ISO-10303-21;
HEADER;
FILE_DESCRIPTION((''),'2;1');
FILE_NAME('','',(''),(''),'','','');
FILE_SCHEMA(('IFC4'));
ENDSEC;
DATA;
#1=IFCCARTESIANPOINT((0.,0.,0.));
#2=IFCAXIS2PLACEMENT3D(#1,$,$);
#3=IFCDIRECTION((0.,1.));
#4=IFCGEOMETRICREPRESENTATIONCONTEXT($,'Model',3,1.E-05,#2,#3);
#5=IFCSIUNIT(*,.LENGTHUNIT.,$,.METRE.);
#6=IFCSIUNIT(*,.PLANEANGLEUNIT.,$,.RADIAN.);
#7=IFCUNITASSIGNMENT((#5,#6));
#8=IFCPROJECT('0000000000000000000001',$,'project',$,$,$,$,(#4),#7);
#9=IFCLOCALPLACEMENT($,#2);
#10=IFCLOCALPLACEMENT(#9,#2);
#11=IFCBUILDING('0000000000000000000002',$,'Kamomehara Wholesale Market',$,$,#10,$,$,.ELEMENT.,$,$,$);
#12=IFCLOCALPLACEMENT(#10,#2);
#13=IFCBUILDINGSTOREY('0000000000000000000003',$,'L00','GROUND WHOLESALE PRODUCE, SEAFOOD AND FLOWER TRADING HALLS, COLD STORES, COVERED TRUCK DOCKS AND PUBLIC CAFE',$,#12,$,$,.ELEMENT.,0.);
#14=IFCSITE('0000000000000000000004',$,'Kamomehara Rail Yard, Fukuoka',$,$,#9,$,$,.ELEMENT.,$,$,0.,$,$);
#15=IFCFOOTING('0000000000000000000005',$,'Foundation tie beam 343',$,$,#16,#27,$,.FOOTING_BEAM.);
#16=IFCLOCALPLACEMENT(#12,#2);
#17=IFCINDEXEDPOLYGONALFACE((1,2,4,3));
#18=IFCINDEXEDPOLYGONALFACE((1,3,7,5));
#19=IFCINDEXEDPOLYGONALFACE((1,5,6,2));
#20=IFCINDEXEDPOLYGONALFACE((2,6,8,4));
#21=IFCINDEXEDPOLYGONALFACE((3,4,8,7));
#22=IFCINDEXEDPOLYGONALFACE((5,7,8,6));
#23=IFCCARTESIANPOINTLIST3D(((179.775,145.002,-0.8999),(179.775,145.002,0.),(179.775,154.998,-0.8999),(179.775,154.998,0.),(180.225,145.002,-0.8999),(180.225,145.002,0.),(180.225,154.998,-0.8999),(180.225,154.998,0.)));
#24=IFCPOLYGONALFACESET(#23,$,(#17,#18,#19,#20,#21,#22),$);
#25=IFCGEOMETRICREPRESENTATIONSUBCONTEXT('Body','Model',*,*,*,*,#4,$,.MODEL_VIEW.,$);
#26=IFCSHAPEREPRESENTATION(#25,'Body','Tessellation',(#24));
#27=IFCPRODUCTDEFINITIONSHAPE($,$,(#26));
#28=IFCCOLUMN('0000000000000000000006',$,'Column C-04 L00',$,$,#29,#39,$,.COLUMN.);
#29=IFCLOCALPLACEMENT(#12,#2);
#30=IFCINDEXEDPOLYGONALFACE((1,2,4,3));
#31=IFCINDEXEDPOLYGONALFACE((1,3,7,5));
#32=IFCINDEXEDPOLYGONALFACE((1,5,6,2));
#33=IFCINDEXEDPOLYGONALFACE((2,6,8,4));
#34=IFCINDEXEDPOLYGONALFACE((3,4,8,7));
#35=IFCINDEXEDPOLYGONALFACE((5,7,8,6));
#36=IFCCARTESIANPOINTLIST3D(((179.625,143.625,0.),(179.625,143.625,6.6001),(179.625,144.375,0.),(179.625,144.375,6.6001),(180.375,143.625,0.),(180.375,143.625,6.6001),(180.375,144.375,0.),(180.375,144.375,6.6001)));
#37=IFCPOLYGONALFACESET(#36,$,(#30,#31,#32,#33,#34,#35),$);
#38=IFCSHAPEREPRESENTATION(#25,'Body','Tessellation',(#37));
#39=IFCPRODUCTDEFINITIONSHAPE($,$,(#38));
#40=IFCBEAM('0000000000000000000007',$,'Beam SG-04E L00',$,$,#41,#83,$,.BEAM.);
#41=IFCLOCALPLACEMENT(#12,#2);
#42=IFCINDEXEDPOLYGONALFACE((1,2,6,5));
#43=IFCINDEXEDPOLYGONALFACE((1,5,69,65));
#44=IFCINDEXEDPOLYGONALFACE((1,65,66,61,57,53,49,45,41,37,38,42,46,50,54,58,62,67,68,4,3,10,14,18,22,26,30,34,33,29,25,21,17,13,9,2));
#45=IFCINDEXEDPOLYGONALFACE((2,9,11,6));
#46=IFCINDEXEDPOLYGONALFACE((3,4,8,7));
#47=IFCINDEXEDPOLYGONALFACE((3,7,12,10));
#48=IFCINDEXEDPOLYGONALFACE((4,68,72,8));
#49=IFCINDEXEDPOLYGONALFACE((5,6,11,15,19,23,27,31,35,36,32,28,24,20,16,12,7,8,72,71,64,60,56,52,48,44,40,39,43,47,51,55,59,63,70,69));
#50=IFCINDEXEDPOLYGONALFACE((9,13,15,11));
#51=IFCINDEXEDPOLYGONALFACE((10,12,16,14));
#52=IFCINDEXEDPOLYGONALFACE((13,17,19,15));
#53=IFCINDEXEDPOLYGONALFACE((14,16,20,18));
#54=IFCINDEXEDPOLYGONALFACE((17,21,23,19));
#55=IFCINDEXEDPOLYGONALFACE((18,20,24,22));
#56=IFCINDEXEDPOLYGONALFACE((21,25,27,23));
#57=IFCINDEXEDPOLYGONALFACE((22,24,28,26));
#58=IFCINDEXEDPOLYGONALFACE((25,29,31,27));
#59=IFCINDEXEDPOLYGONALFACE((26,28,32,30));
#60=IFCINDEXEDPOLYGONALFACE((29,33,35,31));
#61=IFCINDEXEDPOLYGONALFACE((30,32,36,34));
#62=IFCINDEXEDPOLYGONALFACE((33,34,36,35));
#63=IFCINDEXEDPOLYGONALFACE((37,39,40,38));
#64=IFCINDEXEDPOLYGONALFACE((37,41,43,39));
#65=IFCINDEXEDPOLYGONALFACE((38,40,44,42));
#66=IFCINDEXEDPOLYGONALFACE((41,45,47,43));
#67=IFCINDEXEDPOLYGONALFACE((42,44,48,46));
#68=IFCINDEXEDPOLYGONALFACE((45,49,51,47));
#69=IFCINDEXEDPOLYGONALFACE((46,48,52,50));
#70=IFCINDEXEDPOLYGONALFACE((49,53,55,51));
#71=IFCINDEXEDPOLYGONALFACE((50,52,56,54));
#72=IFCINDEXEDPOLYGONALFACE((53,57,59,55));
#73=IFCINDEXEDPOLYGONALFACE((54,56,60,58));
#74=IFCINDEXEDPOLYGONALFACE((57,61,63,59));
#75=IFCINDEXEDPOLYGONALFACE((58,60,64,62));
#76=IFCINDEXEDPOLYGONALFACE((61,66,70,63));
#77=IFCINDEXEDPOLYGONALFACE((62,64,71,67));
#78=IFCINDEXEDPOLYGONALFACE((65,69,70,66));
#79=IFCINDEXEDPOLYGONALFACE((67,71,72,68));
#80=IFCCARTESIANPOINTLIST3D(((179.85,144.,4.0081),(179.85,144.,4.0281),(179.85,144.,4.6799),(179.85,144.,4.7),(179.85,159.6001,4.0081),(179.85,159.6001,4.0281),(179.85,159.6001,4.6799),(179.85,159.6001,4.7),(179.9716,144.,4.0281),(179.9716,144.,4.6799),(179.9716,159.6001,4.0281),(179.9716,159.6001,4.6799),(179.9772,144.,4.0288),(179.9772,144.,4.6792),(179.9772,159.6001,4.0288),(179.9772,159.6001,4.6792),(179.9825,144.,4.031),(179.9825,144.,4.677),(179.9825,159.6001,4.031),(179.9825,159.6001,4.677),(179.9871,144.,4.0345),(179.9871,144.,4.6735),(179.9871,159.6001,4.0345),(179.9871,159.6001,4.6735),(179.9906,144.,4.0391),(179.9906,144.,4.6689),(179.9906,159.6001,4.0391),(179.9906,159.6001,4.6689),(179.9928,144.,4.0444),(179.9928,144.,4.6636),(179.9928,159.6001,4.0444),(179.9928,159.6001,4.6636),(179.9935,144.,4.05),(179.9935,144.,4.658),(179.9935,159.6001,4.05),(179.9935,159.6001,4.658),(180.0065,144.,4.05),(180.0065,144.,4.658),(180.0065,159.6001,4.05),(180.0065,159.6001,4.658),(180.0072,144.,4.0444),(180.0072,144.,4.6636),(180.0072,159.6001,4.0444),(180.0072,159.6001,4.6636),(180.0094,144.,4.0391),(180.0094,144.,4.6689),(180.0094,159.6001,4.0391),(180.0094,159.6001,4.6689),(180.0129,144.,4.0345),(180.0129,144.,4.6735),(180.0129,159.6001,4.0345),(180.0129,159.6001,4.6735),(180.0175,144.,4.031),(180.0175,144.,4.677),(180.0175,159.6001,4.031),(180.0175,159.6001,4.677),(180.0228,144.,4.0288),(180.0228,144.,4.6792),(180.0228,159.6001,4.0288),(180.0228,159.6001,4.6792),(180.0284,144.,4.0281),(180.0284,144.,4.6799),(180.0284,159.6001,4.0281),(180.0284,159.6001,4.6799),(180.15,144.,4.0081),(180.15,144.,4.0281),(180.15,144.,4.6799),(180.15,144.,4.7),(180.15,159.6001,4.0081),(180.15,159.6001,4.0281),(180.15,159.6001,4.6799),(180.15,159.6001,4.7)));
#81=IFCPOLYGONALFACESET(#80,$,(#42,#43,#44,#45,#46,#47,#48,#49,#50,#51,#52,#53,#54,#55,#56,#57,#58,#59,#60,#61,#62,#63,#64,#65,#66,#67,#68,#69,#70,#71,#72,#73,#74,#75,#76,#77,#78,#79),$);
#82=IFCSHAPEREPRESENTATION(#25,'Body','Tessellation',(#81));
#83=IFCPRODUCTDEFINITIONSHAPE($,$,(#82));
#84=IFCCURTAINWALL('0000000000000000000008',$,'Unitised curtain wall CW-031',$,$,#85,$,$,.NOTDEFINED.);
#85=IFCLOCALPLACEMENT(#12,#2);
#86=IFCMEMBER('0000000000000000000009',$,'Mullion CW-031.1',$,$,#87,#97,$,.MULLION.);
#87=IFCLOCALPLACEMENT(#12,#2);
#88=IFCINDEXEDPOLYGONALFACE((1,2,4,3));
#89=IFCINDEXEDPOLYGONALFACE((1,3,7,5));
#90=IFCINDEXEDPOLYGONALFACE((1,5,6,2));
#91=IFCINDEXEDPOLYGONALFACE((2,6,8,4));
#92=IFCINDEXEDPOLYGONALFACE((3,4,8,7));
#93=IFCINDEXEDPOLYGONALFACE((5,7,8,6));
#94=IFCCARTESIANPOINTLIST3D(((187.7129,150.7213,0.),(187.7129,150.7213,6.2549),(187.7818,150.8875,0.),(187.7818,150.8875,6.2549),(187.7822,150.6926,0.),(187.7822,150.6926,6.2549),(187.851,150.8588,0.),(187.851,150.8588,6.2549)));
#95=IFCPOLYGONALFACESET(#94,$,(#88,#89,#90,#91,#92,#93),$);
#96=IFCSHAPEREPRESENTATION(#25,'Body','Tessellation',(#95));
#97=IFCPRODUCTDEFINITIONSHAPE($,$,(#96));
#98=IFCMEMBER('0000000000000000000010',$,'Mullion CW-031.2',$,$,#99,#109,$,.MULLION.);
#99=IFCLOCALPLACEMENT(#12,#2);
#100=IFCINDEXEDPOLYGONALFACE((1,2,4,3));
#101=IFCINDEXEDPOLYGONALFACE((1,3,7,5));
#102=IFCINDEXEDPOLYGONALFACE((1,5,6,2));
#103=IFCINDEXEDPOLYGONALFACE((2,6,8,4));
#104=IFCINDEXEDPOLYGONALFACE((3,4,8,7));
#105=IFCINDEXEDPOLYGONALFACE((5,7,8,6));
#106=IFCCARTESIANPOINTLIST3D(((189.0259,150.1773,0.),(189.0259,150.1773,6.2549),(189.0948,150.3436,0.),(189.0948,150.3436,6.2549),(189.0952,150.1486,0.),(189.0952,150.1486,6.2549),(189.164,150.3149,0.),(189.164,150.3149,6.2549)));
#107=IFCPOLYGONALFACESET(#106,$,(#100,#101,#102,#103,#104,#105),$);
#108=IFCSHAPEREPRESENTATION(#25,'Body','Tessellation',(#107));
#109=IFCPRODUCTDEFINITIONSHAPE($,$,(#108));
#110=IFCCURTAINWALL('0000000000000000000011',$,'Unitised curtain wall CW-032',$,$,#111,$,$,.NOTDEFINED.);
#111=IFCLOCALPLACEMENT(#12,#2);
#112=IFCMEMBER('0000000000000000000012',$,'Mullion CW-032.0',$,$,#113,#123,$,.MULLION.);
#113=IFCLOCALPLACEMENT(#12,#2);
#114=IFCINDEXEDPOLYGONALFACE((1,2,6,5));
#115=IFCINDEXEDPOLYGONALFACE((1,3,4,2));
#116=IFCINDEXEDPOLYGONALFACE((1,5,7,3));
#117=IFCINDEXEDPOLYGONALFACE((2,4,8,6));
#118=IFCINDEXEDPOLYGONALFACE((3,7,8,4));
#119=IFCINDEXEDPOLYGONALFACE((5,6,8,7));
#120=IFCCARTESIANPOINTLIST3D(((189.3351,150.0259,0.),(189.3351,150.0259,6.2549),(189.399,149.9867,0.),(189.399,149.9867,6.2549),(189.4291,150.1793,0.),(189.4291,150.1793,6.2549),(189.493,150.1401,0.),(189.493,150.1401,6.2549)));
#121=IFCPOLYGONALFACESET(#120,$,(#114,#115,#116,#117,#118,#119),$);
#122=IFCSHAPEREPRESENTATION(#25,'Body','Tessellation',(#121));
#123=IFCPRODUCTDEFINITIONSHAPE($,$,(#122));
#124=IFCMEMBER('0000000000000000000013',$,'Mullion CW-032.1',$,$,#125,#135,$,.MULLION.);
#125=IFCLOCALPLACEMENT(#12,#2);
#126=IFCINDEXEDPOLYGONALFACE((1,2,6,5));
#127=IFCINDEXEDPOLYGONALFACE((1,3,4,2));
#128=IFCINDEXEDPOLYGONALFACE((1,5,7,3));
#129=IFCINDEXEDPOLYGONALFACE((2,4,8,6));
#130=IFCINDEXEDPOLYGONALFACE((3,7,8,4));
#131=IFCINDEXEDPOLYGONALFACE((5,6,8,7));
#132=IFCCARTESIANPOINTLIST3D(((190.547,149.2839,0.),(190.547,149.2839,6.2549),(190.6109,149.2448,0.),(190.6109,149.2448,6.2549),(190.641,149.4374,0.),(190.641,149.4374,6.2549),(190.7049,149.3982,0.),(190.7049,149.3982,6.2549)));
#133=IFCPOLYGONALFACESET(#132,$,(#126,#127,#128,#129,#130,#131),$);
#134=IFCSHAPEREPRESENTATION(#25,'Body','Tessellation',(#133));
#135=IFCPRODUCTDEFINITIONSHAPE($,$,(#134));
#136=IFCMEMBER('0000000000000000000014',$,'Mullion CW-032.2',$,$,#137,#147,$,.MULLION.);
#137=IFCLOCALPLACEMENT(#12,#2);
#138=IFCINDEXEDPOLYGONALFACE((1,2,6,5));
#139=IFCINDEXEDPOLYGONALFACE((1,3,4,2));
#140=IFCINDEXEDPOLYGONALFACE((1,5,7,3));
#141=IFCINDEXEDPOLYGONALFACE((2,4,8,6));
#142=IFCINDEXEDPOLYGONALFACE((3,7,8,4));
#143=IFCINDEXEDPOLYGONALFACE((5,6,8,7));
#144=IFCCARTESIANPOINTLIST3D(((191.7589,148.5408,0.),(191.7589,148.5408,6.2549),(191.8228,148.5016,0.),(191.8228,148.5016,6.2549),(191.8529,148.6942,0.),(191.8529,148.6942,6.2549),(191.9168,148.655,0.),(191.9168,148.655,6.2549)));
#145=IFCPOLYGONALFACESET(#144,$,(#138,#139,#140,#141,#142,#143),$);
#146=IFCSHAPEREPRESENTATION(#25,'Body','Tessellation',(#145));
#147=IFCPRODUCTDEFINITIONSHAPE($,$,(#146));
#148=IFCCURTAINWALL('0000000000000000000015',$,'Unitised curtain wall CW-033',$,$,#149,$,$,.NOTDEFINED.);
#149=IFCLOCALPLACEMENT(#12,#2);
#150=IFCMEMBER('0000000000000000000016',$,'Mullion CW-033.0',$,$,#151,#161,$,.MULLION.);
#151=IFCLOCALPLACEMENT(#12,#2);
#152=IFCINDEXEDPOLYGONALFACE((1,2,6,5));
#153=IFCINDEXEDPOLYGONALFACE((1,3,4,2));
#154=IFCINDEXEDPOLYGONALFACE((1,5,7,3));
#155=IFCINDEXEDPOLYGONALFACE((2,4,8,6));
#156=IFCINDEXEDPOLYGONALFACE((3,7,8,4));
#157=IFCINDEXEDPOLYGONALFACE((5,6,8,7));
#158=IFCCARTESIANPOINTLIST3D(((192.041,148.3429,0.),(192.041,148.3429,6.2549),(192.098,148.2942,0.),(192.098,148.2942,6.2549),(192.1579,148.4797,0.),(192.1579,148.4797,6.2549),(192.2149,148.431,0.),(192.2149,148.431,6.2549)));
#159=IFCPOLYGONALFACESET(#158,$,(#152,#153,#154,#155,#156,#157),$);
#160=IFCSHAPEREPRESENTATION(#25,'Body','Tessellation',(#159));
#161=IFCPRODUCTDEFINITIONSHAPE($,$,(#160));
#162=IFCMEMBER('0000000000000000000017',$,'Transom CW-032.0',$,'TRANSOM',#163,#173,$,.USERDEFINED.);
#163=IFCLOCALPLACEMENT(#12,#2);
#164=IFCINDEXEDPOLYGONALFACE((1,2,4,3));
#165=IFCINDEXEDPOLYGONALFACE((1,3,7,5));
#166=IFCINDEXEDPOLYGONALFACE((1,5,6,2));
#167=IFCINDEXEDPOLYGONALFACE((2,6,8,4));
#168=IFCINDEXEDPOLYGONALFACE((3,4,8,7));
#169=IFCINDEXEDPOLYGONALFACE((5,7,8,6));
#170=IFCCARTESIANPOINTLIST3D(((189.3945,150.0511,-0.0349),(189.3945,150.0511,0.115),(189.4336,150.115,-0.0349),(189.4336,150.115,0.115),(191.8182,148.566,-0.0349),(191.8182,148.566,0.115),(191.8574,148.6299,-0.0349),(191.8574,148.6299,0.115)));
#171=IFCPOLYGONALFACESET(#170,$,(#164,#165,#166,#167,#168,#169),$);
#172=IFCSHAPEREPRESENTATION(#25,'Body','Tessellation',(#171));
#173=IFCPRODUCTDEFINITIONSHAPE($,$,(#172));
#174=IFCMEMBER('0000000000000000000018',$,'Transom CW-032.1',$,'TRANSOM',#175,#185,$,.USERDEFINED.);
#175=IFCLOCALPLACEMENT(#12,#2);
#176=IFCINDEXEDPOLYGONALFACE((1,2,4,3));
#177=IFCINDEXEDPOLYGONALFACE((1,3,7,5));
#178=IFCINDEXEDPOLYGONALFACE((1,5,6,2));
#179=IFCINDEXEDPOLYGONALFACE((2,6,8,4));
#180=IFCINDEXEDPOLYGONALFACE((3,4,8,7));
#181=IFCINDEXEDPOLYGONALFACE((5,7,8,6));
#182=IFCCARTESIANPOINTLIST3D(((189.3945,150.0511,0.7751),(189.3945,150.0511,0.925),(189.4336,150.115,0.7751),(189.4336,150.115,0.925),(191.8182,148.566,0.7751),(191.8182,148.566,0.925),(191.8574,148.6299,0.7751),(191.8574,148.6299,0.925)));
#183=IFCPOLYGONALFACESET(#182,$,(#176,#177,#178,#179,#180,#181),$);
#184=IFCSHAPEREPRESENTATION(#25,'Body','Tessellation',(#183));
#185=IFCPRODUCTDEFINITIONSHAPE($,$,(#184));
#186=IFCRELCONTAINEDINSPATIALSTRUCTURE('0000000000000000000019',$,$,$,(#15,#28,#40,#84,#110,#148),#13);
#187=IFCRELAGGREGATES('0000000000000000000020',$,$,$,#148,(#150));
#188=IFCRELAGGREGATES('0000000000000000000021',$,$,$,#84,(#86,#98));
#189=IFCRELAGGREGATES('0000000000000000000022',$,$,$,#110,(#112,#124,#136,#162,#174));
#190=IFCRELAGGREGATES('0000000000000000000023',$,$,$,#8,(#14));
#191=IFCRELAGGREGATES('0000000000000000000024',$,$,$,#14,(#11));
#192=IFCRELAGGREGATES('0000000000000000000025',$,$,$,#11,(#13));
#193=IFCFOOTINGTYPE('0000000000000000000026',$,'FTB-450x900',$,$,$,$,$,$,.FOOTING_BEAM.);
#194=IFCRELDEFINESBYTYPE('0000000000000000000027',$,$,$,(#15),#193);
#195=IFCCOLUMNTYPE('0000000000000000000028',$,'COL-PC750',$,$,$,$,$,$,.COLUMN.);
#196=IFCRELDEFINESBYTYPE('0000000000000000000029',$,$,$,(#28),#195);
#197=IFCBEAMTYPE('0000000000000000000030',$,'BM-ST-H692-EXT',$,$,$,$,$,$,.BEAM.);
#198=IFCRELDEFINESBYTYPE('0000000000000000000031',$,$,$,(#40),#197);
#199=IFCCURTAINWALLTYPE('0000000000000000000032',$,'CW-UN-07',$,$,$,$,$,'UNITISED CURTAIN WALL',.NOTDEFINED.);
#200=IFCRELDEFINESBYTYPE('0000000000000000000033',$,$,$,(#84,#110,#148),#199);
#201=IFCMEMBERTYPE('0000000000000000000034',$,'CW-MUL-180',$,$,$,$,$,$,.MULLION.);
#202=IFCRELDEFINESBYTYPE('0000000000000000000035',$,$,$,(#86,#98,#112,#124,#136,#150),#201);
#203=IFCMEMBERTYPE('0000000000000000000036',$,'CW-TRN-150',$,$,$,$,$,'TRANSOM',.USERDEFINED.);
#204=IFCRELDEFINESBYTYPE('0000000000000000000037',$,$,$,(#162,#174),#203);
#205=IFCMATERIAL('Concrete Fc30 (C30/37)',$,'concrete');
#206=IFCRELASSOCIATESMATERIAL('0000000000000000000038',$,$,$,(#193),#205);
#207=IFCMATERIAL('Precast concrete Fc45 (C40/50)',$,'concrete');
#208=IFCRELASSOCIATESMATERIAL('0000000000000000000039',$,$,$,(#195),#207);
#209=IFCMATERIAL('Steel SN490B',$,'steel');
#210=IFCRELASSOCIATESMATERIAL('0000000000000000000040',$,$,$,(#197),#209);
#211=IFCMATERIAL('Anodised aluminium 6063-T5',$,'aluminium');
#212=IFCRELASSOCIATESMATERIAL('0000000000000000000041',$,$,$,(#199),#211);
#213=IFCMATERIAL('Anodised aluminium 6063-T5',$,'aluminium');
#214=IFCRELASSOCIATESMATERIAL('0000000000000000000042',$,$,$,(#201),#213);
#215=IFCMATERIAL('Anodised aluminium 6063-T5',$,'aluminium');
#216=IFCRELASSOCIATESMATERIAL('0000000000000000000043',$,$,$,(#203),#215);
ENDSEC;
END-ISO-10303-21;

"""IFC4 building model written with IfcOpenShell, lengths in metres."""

from ifc_helpers import new_model, si_unit, direction, frame, origin, origin_2d, place, context, subcontext, project, spatial, rectangle, i_section, extrude, material, material_profile, profile_set, type_object, element, aggregate, save


model = new_model("IFC4")

# Units and contexts
model_context = context("Model", 3, precision=1e-05, world=origin(), true_north=direction((0.0, 1.0)))
body_context = subcontext(model_context, "Body", "Model", "MODEL_VIEW")
ifc_project = project(units=[si_unit("LENGTHUNIT", "METRE"), si_unit("PLANEANGLEUNIT", "RADIAN")], contexts=[model_context])

# Site, building, storey
site_placement = place(None, origin())
site = spatial("IfcSite", under=ifc_project, at=site_placement, Name="Kamomehara Rail Yard, Fukuoka", CompositionType="ELEMENT", RefElevation=0.0)
building_placement = place(site_placement, origin())
building = spatial("IfcBuilding", under=site, at=building_placement, Name="Kamomehara Wholesale Market", CompositionType="ELEMENT")
storey_placement = place(building_placement, origin())
storey = spatial("IfcBuildingStorey", under=building, at=storey_placement, Name="L00", Description="GROUND WHOLESALE PRODUCE, SEAFOOD AND FLOWER TRADING HALLS, COLD STORES, COVERED TRUCK DOCKS AND PUBLIC CAFE", CompositionType="ELEMENT", Elevation=0.0)

# Footing
ifc_material_1 = material(Name="Concrete Fc30 (C30/37)", Category="concrete")
ifc_material_profile_1 = material_profile(ifc_material_1, rectangle(XDim=0.45, YDim=0.8999, at=origin_2d()), Name="RC-FTB-450x900")
ifc_profile_set_1 = profile_set([ifc_material_profile_1], Name="Concrete Fc30 (C30/37)")
footing_type = type_object("IfcFootingType", Name="FTB-450x900", PredefinedType="FOOTING_BEAM", material=ifc_profile_set_1)
footing_placement = place(storey_placement, frame((180.0, 145.002, -0.45), z_axis=(0.0, 1.0, 0.0), x_axis=(-1.0, 0.0, 0.0)))
element("IfcFooting", 1, at=footing_placement, inside=storey, type_object=footing_type, Name="Foundation tie beam 343", PredefinedType="FOOTING_BEAM", context=body_context, shape_type="SweptSolid", body=[
    extrude(rectangle(XDim=0.45, YDim=0.8999, at=origin_2d()), origin(), (0.0, 0.0, 1.0), 9.9961),
])

# Column
ifc_material_2 = material(Name="Precast concrete Fc45 (C40/50)", Category="concrete")
ifc_material_profile_2 = material_profile(ifc_material_2, rectangle(XDim=0.75, YDim=0.75, at=origin_2d()), Name="PC-COL-750x750")
ifc_profile_set_2 = profile_set([ifc_material_profile_2], Name="Precast concrete Fc45 (C40/50)")
column_type = type_object("IfcColumnType", Name="COL-PC750", PredefinedType="COLUMN", material=ifc_profile_set_2)
column_placement = place(storey_placement, frame((180.0, 144.0, 0.0), z_axis=(0.0, 0.0, 1.0), x_axis=(1.0, 0.0, 0.0)))
element("IfcColumn", 2, at=column_placement, inside=storey, type_object=column_type, Name="Column C-04 L00", PredefinedType="COLUMN", context=body_context, shape_type="SweptSolid", body=[
    extrude(rectangle(XDim=0.75, YDim=0.75, at=origin_2d()), origin(), (0.0, 0.0, 1.0), 6.6001),
])

# Beam
ifc_material_3 = material(Name="Steel SN490B", Category="steel")
ifc_material_profile_3 = material_profile(ifc_material_3, i_section(OverallWidth=0.3, OverallDepth=0.6919, WebThickness=0.0129, FlangeThickness=0.02, FilletRadius=0.022, at=origin_2d()), Name="H-692x300x13x20")
ifc_profile_set_3 = profile_set([ifc_material_profile_3], Name="Steel SN490B")
beam_type = type_object("IfcBeamType", Name="BM-ST-H692-EXT", PredefinedType="BEAM", material=ifc_profile_set_3)
beam_placement = place(storey_placement, frame((180.0, 144.0, 4.354), z_axis=(0.0, 1.0, 0.0), x_axis=(-1.0, 0.0, 0.0)))
element("IfcBeam", 3, at=beam_placement, inside=storey, type_object=beam_type, Name="Beam SG-04E L00", PredefinedType="BEAM", context=body_context, shape_type="SweptSolid", body=[
    extrude(i_section(OverallWidth=0.3, OverallDepth=0.6919, WebThickness=0.0129, FlangeThickness=0.02, FilletRadius=0.022, at=origin_2d()), origin(), (0.0, 0.0, 1.0), 15.6001),
])

# Curtain walls, members
ifc_material_4 = material(Name="Anodised aluminium 6063-T5", Category="aluminium")
curtain_wall_type = type_object("IfcCurtainWallType", Name="CW-UN-07", ElementType="UNITISED CURTAIN WALL", PredefinedType="NOTDEFINED", material=ifc_material_4)
curtain_wall_1_placement = place(storey_placement, origin())
curtain_wall_1 = element("IfcCurtainWall", 4, at=curtain_wall_1_placement, inside=storey, type_object=curtain_wall_type, Name="Unitised curtain wall CW-031", PredefinedType="NOTDEFINED")
ifc_material_5 = material(Name="Anodised aluminium 6063-T5", Category="aluminium")
ifc_material_profile_4 = material_profile(ifc_material_5, rectangle(XDim=0.075, YDim=0.1799, at=origin_2d()), Name="ALU-MUL-75x180")
ifc_profile_set_4 = profile_set([ifc_material_profile_4], Name="Anodised aluminium 6063-T5")
member_type_1 = type_object("IfcMemberType", Name="CW-MUL-180", PredefinedType="MULLION", material=ifc_profile_set_4)
member_1_placement = place(storey_placement, frame((187.782, 150.79, 0.0), z_axis=(0.0, 0.0, 1.0), x_axis=(0.923918, -0.38259, 0.0)))
member_1 = element("IfcMember", 5, at=member_1_placement, type_object=member_type_1, Name="Mullion CW-031.1", PredefinedType="MULLION", context=body_context, shape_type="SweptSolid", body=[
    extrude(rectangle(XDim=0.075, YDim=0.1799, at=origin_2d()), origin(), (0.0, 0.0, 1.0), 6.2549),
])
member_2_placement = place(storey_placement, frame((189.095, 150.2461, 0.0), z_axis=(0.0, 0.0, 1.0), x_axis=(0.923918, -0.38259, 0.0)))
member_2 = element("IfcMember", 6, at=member_2_placement, type_object=member_type_1, Name="Mullion CW-031.2", PredefinedType="MULLION", context=body_context, shape_type="SweptSolid", body=[
    extrude(rectangle(XDim=0.075, YDim=0.1799, at=origin_2d()), origin(), (0.0, 0.0, 1.0), 6.2549),
])
curtain_wall_2_placement = place(storey_placement, origin())
curtain_wall_2 = element("IfcCurtainWall", 7, at=curtain_wall_2_placement, inside=storey, type_object=curtain_wall_type, Name="Unitised curtain wall CW-032", PredefinedType="NOTDEFINED")
member_3_placement = place(storey_placement, frame((189.4141, 150.083, 0.0), z_axis=(0.0, 0.0, 1.0), x_axis=(0.852708, -0.522388, 0.0)))
member_3 = element("IfcMember", 8, at=member_3_placement, type_object=member_type_1, Name="Mullion CW-032.0", PredefinedType="MULLION", context=body_context, shape_type="SweptSolid", body=[
    extrude(rectangle(XDim=0.075, YDim=0.1799, at=origin_2d()), origin(), (0.0, 0.0, 1.0), 6.2549),
])
member_4_placement = place(storey_placement, frame((190.626, 149.3411, 0.0), z_axis=(0.0, 0.0, 1.0), x_axis=(0.852708, -0.522388, 0.0)))
member_4 = element("IfcMember", 9, at=member_4_placement, type_object=member_type_1, Name="Mullion CW-032.1", PredefinedType="MULLION", context=body_context, shape_type="SweptSolid", body=[
    extrude(rectangle(XDim=0.075, YDim=0.1799, at=origin_2d()), origin(), (0.0, 0.0, 1.0), 6.2549),
])
member_5_placement = place(storey_placement, frame((191.8379, 148.5979, 0.0), z_axis=(0.0, 0.0, 1.0), x_axis=(0.852708, -0.522388, 0.0)))
member_5 = element("IfcMember", 10, at=member_5_placement, type_object=member_type_1, Name="Mullion CW-032.2", PredefinedType="MULLION", context=body_context, shape_type="SweptSolid", body=[
    extrude(rectangle(XDim=0.075, YDim=0.1799, at=origin_2d()), origin(), (0.0, 0.0, 1.0), 6.2549),
])

# Curtain wall, member
curtain_wall_3_placement = place(storey_placement, origin())
curtain_wall_3 = element("IfcCurtainWall", 11, at=curtain_wall_3_placement, inside=storey, type_object=curtain_wall_type, Name="Unitised curtain wall CW-033", PredefinedType="NOTDEFINED")
member_6_placement = place(storey_placement, frame((192.1279, 148.387, 0.0), z_axis=(0.0, 0.0, 1.0), x_axis=(0.760374, -0.649485, 0.0)))
member_6 = element("IfcMember", 12, at=member_6_placement, type_object=member_type_1, Name="Mullion CW-033.0", PredefinedType="MULLION", context=body_context, shape_type="SweptSolid", body=[
    extrude(rectangle(XDim=0.075, YDim=0.1799, at=origin_2d()), origin(), (0.0, 0.0, 1.0), 6.2549),
])

# Members
ifc_material_6 = material(Name="Anodised aluminium 6063-T5", Category="aluminium")
ifc_material_profile_5 = material_profile(ifc_material_6, rectangle(XDim=0.075, YDim=0.1499, at=origin_2d()), Name="ALU-TRN-75x150")
ifc_profile_set_5 = profile_set([ifc_material_profile_5], Name="Anodised aluminium 6063-T5")
member_type_2 = type_object("IfcMemberType", Name="CW-TRN-150", ElementType="TRANSOM", PredefinedType="USERDEFINED", material=ifc_profile_set_5)
member_7_placement = place(storey_placement, frame((189.4141, 150.083, 0.04), z_axis=(0.852674, -0.522443, 0.0), x_axis=(0.522443, 0.852674, 0.0)))
member_7 = element("IfcMember", 13, at=member_7_placement, type_object=member_type_2, Name="Transom CW-032.0", ObjectType="TRANSOM", PredefinedType="USERDEFINED", context=body_context, shape_type="SweptSolid", body=[
    extrude(rectangle(XDim=0.075, YDim=0.1499, at=origin_2d()), origin(), (0.0, 0.0, 1.0), 2.8425),
])
member_8_placement = place(storey_placement, frame((189.4141, 150.083, 0.8501), z_axis=(0.852674, -0.522443, 0.0), x_axis=(0.522443, 0.852674, 0.0)))
member_8 = element("IfcMember", 14, at=member_8_placement, type_object=member_type_2, Name="Transom CW-032.1", ObjectType="TRANSOM", PredefinedType="USERDEFINED", context=body_context, shape_type="SweptSolid", body=[
    extrude(rectangle(XDim=0.075, YDim=0.1499, at=origin_2d()), origin(), (0.0, 0.0, 1.0), 2.8425),
])
aggregate(curtain_wall_3, [member_6])

aggregate(curtain_wall_1, [member_1, member_2])
aggregate(curtain_wall_2, [member_3, member_4, member_5, member_7, member_8])

save(model, "model.ifc")
